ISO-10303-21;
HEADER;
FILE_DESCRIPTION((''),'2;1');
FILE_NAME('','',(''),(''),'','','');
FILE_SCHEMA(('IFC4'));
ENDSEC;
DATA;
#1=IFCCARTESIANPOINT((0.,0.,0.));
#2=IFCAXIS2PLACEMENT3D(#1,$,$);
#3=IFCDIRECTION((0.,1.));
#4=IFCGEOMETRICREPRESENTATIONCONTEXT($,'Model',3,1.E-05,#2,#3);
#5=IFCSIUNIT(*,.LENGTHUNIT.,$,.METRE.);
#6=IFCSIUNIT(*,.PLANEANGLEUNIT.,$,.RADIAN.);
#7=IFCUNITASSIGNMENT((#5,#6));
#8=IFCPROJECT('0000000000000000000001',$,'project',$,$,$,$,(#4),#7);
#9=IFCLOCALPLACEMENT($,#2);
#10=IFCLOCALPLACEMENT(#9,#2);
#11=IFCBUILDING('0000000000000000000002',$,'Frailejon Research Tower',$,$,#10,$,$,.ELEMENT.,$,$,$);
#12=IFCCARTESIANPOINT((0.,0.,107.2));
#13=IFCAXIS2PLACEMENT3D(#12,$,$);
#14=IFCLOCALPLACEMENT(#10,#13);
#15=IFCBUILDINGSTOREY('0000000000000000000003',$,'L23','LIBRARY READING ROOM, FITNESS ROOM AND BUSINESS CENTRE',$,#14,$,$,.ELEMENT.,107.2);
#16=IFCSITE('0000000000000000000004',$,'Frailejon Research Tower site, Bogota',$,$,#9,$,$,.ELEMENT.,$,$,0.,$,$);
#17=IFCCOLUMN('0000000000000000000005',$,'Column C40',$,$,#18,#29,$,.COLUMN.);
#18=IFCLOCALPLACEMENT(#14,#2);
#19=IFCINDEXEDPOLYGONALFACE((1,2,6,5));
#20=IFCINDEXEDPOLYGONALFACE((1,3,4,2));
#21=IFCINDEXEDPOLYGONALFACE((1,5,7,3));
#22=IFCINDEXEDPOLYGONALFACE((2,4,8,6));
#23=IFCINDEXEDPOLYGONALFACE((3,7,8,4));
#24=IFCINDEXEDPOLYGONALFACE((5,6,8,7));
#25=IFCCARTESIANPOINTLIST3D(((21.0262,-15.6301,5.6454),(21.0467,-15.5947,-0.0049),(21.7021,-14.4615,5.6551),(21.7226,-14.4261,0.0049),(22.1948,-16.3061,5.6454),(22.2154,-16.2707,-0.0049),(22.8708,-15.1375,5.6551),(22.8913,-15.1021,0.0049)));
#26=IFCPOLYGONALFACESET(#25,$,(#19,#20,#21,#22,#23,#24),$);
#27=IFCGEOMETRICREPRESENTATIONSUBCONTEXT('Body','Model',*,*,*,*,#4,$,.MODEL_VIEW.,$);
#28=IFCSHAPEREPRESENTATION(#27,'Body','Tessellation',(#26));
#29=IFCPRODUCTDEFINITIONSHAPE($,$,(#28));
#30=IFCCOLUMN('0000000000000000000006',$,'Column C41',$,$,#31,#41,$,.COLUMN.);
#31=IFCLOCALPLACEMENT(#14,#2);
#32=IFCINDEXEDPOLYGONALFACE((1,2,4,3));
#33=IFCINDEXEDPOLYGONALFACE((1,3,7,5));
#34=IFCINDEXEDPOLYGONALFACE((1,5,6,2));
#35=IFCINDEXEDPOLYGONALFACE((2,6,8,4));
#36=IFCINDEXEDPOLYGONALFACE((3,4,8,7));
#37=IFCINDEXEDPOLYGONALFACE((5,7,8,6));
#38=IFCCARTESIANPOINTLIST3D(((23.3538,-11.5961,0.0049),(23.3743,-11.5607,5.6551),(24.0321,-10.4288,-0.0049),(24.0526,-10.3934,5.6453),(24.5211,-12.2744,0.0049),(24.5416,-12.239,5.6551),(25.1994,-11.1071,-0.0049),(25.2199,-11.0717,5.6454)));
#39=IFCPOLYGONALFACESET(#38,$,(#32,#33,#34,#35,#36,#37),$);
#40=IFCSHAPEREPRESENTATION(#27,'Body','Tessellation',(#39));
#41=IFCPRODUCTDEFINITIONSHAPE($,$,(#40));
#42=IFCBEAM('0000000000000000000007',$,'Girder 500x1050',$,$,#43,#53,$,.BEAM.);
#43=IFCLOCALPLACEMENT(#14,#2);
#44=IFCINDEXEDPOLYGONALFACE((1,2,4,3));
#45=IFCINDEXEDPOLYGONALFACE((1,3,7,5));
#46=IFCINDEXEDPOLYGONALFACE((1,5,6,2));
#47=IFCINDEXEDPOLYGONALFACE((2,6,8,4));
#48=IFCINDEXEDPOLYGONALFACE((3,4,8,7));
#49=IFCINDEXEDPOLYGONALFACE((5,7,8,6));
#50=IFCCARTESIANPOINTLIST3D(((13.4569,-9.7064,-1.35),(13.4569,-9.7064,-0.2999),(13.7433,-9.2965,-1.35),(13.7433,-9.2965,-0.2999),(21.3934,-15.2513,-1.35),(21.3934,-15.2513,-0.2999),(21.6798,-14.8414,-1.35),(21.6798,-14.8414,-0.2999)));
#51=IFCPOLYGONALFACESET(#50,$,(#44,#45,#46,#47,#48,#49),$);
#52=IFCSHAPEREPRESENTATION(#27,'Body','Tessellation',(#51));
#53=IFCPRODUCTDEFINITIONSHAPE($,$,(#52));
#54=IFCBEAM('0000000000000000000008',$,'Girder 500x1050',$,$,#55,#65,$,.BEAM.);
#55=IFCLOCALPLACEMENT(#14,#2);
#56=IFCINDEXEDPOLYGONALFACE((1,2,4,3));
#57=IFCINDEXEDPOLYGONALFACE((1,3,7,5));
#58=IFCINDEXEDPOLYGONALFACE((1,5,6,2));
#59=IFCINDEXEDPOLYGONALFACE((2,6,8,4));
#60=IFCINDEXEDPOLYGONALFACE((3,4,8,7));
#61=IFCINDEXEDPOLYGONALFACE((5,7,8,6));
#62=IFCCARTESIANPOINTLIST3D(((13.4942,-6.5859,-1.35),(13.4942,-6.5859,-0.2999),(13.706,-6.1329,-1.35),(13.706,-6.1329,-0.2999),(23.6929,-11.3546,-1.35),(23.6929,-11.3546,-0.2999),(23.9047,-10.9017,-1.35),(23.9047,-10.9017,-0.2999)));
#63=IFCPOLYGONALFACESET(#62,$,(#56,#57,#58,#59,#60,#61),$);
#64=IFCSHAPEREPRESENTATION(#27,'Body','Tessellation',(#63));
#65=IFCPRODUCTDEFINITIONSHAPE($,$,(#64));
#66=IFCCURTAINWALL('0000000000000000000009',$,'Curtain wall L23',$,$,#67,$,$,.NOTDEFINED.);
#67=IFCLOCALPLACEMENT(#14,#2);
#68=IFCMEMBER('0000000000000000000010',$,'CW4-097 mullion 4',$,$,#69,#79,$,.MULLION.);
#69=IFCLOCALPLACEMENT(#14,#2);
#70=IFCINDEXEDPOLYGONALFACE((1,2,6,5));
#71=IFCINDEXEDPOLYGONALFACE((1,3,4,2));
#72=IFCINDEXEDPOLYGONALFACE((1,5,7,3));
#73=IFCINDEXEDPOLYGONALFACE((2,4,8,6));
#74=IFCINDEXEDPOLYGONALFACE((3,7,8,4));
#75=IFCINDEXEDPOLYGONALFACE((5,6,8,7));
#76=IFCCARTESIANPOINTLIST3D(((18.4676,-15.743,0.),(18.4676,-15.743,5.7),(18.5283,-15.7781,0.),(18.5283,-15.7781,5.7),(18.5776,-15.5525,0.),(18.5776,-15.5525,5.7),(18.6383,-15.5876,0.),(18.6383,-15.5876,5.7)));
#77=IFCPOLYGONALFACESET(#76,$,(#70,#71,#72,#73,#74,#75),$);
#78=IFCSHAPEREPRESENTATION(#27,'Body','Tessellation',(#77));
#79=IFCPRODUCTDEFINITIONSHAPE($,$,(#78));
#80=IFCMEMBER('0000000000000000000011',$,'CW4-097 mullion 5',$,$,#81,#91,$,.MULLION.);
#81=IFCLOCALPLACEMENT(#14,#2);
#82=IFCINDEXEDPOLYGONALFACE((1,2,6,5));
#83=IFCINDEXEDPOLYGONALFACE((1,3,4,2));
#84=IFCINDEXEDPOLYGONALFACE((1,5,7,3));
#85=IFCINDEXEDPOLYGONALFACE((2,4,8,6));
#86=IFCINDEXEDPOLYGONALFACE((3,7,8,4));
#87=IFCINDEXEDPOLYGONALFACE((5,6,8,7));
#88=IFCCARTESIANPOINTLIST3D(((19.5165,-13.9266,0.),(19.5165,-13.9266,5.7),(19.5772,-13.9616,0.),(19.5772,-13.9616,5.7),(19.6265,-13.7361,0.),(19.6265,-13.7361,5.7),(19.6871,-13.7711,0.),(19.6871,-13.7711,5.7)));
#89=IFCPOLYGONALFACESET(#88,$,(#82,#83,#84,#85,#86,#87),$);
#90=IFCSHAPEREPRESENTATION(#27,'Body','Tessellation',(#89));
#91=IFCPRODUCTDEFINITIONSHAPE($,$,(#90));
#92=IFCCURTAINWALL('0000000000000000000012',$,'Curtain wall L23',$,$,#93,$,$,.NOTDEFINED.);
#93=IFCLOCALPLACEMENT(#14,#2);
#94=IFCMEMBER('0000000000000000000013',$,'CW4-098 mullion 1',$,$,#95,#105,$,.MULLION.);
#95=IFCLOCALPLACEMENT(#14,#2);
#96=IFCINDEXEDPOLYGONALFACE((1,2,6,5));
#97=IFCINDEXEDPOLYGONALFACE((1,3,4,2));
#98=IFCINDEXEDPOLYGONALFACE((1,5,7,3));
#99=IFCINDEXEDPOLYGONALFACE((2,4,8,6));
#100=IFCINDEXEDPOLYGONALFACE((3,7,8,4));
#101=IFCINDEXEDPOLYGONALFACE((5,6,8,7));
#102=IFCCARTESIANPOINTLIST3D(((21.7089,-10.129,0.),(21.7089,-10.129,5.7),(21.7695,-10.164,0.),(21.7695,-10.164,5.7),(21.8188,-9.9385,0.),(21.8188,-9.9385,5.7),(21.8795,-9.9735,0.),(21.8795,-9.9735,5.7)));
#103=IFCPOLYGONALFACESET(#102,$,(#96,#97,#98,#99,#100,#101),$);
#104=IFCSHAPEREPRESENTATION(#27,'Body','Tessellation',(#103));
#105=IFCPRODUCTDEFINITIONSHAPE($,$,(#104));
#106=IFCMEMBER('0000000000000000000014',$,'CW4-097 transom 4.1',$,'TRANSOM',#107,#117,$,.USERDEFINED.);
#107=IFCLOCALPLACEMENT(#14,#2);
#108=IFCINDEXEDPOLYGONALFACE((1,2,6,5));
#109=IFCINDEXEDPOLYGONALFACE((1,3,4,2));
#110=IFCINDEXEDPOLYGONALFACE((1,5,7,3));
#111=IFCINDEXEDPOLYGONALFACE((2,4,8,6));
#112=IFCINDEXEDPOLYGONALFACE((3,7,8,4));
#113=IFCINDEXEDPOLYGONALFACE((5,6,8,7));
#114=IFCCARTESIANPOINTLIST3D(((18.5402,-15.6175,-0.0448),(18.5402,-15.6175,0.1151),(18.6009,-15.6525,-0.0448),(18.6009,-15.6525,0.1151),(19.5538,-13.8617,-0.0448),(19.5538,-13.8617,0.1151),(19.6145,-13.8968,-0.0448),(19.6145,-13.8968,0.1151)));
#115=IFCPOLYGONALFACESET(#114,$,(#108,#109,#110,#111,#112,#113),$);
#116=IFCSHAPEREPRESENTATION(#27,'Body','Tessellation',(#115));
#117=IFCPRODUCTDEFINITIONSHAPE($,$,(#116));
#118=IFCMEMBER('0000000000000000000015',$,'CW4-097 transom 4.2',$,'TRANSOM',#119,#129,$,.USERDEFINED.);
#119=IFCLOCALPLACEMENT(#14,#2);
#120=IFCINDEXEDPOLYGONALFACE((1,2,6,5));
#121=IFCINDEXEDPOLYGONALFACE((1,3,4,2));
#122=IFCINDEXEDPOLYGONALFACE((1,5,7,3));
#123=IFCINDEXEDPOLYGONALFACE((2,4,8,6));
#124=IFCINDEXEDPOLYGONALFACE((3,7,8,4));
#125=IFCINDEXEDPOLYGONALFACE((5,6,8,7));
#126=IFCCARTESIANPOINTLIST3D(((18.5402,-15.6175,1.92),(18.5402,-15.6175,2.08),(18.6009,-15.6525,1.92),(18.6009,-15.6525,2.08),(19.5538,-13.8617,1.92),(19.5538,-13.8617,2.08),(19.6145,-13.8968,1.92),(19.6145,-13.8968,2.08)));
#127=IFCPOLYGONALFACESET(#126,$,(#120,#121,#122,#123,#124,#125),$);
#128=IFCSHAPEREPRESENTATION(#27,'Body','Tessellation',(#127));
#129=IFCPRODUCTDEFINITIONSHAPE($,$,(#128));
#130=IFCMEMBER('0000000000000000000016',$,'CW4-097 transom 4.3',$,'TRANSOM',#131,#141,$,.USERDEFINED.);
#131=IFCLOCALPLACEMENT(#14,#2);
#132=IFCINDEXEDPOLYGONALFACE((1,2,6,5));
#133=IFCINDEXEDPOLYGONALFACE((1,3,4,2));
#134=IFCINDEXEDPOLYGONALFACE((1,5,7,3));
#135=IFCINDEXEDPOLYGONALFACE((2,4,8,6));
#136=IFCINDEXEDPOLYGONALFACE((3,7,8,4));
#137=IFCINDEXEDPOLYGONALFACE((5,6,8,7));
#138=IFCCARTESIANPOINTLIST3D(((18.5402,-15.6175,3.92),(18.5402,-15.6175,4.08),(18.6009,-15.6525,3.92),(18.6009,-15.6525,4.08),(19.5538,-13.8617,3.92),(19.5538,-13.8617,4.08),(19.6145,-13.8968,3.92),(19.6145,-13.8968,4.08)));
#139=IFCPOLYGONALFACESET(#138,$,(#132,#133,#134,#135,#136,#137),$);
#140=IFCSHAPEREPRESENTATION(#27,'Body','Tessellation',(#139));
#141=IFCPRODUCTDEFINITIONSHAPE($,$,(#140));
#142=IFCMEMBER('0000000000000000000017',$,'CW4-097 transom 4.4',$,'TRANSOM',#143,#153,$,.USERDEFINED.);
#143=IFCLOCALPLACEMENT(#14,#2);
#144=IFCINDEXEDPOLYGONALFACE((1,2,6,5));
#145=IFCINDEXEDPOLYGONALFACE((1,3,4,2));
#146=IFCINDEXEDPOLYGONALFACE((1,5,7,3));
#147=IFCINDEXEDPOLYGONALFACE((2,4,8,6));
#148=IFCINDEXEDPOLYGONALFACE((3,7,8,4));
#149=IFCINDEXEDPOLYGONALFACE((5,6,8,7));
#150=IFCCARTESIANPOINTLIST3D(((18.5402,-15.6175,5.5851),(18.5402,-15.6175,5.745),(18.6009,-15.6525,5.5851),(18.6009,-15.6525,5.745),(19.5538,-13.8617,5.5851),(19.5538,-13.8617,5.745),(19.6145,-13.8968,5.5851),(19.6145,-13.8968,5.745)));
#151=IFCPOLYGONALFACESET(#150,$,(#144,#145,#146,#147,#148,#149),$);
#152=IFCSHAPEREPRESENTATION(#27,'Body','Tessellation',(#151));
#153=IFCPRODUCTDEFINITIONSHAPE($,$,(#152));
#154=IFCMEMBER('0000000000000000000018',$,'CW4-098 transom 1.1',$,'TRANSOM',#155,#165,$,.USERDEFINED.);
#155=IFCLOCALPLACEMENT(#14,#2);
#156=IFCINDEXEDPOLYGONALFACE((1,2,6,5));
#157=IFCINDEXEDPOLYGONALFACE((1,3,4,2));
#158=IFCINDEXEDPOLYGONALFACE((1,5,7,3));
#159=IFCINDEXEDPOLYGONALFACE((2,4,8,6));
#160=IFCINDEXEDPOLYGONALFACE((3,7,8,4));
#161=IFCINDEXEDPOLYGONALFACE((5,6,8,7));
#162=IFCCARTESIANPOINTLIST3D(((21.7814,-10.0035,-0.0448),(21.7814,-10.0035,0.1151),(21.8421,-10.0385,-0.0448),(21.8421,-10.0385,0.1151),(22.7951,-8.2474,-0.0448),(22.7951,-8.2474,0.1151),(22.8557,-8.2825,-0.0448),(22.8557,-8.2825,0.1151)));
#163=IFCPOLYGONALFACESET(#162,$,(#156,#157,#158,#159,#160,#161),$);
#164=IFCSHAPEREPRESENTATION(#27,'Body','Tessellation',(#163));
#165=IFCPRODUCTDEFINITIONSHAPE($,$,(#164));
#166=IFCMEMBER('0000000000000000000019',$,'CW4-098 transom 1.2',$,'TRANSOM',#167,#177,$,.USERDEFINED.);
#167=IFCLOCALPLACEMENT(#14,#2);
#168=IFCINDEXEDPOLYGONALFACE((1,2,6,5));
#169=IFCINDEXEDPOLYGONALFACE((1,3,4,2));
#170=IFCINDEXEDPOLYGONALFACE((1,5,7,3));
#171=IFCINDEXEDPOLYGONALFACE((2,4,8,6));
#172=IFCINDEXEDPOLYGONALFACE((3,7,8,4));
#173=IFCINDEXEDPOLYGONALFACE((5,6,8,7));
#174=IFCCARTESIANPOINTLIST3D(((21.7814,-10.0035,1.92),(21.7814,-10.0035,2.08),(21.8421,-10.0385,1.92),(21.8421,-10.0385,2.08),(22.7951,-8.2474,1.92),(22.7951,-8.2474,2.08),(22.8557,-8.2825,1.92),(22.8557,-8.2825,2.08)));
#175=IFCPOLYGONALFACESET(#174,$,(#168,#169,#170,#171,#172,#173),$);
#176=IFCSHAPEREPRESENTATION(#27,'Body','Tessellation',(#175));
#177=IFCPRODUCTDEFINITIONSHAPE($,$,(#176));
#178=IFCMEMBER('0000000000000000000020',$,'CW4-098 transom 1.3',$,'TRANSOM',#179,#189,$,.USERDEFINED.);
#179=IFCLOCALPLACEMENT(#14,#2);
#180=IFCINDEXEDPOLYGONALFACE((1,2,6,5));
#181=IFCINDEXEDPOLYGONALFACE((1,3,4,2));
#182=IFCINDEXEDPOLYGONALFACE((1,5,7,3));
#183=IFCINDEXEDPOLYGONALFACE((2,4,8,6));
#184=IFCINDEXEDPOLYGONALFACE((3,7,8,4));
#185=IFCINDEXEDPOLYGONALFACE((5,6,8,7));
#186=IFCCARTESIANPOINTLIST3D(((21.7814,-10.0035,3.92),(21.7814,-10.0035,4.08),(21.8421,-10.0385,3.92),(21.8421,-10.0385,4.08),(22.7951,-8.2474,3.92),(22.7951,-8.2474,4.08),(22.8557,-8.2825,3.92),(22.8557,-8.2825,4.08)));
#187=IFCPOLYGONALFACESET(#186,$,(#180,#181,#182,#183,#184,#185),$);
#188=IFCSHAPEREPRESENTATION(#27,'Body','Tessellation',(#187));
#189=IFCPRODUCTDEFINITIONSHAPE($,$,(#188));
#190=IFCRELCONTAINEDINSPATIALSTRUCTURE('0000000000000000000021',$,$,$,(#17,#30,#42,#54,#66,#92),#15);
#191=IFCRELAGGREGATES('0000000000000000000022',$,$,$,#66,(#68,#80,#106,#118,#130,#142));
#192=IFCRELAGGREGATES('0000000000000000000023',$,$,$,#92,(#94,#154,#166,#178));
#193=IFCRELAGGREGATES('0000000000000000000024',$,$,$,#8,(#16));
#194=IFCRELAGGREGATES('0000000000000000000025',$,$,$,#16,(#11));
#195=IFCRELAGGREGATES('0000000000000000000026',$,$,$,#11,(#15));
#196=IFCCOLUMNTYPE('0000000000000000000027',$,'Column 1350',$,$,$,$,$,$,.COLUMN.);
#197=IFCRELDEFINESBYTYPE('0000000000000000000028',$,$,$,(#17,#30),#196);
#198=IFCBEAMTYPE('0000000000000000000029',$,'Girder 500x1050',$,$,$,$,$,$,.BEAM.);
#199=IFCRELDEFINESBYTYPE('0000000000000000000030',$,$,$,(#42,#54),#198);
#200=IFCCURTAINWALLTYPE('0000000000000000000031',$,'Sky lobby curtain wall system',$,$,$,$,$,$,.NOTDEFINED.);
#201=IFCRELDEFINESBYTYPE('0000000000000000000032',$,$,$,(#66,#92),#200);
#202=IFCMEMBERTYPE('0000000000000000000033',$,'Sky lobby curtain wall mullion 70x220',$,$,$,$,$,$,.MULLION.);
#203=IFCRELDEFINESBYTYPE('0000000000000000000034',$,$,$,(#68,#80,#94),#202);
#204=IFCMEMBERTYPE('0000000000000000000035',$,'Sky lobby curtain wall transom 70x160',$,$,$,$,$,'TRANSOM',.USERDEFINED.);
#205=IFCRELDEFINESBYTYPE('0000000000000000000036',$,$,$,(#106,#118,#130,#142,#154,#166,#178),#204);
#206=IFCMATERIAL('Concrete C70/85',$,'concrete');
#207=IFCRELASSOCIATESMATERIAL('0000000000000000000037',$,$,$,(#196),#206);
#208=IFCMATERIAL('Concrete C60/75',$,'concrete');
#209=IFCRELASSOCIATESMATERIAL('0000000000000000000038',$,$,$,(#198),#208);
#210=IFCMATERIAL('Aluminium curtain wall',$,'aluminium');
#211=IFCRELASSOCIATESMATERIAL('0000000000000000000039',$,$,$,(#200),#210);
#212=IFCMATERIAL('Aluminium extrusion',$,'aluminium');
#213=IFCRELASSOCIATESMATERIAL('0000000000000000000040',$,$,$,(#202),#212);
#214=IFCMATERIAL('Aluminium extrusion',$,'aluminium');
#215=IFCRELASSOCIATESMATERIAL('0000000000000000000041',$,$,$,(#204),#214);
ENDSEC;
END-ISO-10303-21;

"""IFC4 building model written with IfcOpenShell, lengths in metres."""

from ifc_helpers import new_model, si_unit, direction, frame, origin, origin_2d, place, context, subcontext, project, spatial, rectangle, extrude, material, material_profile, profile_set, type_object, element, aggregate, save


model = new_model("IFC4")

# Units and contexts
model_context = context("Model", 3, precision=1e-05, world=origin(), true_north=direction((0.0, 1.0)))
body_context = subcontext(model_context, "Body", "Model", "MODEL_VIEW")
ifc_project = project(units=[si_unit("LENGTHUNIT", "METRE"), si_unit("PLANEANGLEUNIT", "RADIAN")], contexts=[model_context])

# Site, building, storey
site_placement = place(None, origin())
site = spatial("IfcSite", under=ifc_project, at=site_placement, Name="Frailejon Research Tower site, Bogota", CompositionType="ELEMENT", RefElevation=0.0)
building_placement = place(site_placement, origin())
building = spatial("IfcBuilding", under=site, at=building_placement, Name="Frailejon Research Tower", CompositionType="ELEMENT")
storey_placement = place(building_placement, frame((0.0, 0.0, 107.2)))
storey = spatial("IfcBuildingStorey", under=building, at=storey_placement, Name="L23", Description="LIBRARY READING ROOM, FITNESS ROOM AND BUSINESS CENTRE", CompositionType="ELEMENT", Elevation=107.2)

# Columns
ifc_material_1 = material(Name="Concrete C70/85", Category="concrete")
ifc_material_profile_1 = material_profile(ifc_material_1, rectangle(XDim=1.3501, YDim=1.3501, at=origin_2d()), Name="Column 1350")
ifc_profile_set_1 = profile_set([ifc_material_profile_1], Name="Concrete C70/85")
column_type = type_object("IfcColumnType", Name="Column 1350", PredefinedType="COLUMN", material=ifc_profile_set_1)
for number, where, z_axis, x_axis, name in (
    (1, (21.969, -15.3484, 0.0), (-0.00363, -0.006265, 0.999974), (0.500675, 0.865605, 0.007241), "Column C40"),
    (2, (24.2766, -11.3516, 0.0), (0.00363, 0.006265, 0.999974), (0.502397, 0.864607, -0.007241), "Column C41"),
):
    element("IfcColumn", number, at=place(storey_placement, frame(where, z_axis=z_axis, x_axis=x_axis)), inside=storey, type_object=column_type, Name=name, PredefinedType="COLUMN", context=body_context, shape_type="SweptSolid", body=[
        extrude(rectangle(XDim=1.3501, YDim=1.3501, at=origin_2d()), origin(), (0.0, 0.0, 1.0), 5.6504),
    ])

# Beams
ifc_material_2 = material(Name="Concrete C60/75", Category="concrete")
ifc_material_profile_2 = material_profile(ifc_material_2, rectangle(XDim=0.5, YDim=1.05, at=origin_2d()), Name="Girder 500x1050")
ifc_profile_set_2 = profile_set([ifc_material_profile_2], Name="Concrete C60/75")
beam_type_1 = type_object("IfcBeamType", Name="Girder 500x1050", PredefinedType="BEAM", material=ifc_profile_set_2)
beam_1_placement = place(storey_placement, frame((21.5366, -15.0464, -0.825), z_axis=(-0.819748, 0.572724, 0.0), x_axis=(-0.572724, -0.819748, 0.0)))
element("IfcBeam", 3, at=beam_1_placement, inside=storey, type_object=beam_type_1, Name="Girder 500x1050", PredefinedType="BEAM", context=body_context, shape_type="SweptSolid", body=[
    extrude(rectangle(XDim=0.5, YDim=1.05, at=origin_2d()), origin(), (0.0, 0.0, 1.0), 9.6816),
])
beam_2_placement = place(storey_placement, frame((23.7988, -11.1282, -0.825), z_axis=(-0.905863, 0.42357, 0.0), x_axis=(-0.42357, -0.905863, 0.0)))
element("IfcBeam", 4, at=beam_2_placement, inside=storey, type_object=beam_type_1, Name="Girder 500x1050", PredefinedType="BEAM", context=body_context, shape_type="SweptSolid", body=[
    extrude(rectangle(XDim=0.5, YDim=1.05, at=origin_2d()), origin(), (0.0, 0.0, 1.0), 11.2585),
])

# Curtain wall, members
ifc_material_3 = material(Name="Aluminium curtain wall", Category="aluminium")
curtain_wall_type = type_object("IfcCurtainWallType", Name="Sky lobby curtain wall system", PredefinedType="NOTDEFINED", material=ifc_material_3)
curtain_wall_1_placement = place(storey_placement, origin())
curtain_wall_1 = element("IfcCurtainWall", 5, at=curtain_wall_1_placement, inside=storey, type_object=curtain_wall_type, Name="Curtain wall L23", PredefinedType="NOTDEFINED")
ifc_material_4 = material(Name="Aluminium extrusion", Category="aluminium")
ifc_material_profile_3 = material_profile(ifc_material_4, rectangle(XDim=0.0701, YDim=0.22, at=origin_2d()), Name="Sky lobby curtain wall mullion 70x220")
ifc_profile_set_3 = profile_set([ifc_material_profile_3], Name="Aluminium extrusion")
member_type_1 = type_object("IfcMemberType", Name="Sky lobby curtain wall mullion 70x220", PredefinedType="MULLION", material=ifc_profile_set_3)
member_1_placement = place(storey_placement, frame((18.553, -15.6653, 0.0), z_axis=(0.0, 0.0, 1.0), x_axis=(-0.866026, 0.5, 0.0)))
member_1 = element("IfcMember", 6, at=member_1_placement, type_object=member_type_1, Name="CW4-097 mullion 4", PredefinedType="MULLION", context=body_context, shape_type="SweptSolid", body=[
    extrude(rectangle(XDim=0.0701, YDim=0.22, at=origin_2d()), origin(), (0.0, 0.0, 1.0), 5.7),
])
member_2_placement = place(storey_placement, frame((19.6018, -13.8489, 0.0), z_axis=(0.0, 0.0, 1.0), x_axis=(-0.866026, 0.5, 0.0)))
member_2 = element("IfcMember", 7, at=member_2_placement, type_object=member_type_1, Name="CW4-097 mullion 5", PredefinedType="MULLION", context=body_context, shape_type="SweptSolid", body=[
    extrude(rectangle(XDim=0.0701, YDim=0.22, at=origin_2d()), origin(), (0.0, 0.0, 1.0), 5.7),
])

# Curtain wall, member
curtain_wall_2_placement = place(storey_placement, origin())
curtain_wall_2 = element("IfcCurtainWall", 8, at=curtain_wall_2_placement, inside=storey, type_object=curtain_wall_type, Name="Curtain wall L23", PredefinedType="NOTDEFINED")
member_3_placement = place(storey_placement, frame((21.7942, -10.0513, 0.0), z_axis=(0.0, 0.0, 1.0), x_axis=(-0.866026, 0.5, 0.0)))
member_3 = element("IfcMember", 9, at=member_3_placement, type_object=member_type_1, Name="CW4-098 mullion 1", PredefinedType="MULLION", context=body_context, shape_type="SweptSolid", body=[
    extrude(rectangle(XDim=0.0701, YDim=0.22, at=origin_2d()), origin(), (0.0, 0.0, 1.0), 5.7),
])

# Members
ifc_material_5 = material(Name="Aluminium extrusion", Category="aluminium")
ifc_material_profile_4 = material_profile(ifc_material_5, rectangle(XDim=0.0701, YDim=0.1599, at=origin_2d()), Name="Sky lobby curtain wall transom 70x160")
ifc_profile_set_4 = profile_set([ifc_material_profile_4], Name="Aluminium extrusion")
member_type_2 = type_object("IfcMemberType", Name="Sky lobby curtain wall transom 70x160", ElementType="TRANSOM", PredefinedType="USERDEFINED", material=ifc_profile_set_4)
member_4_placement = place(storey_placement, frame((18.5706, -15.635, 0.0352), z_axis=(0.499973, 0.866041, 0.0), x_axis=(-0.866041, 0.499973, 0.0)))
member_4 = element("IfcMember", 10, at=member_4_placement, type_object=member_type_2, Name="CW4-097 transom 4.1", ObjectType="TRANSOM", PredefinedType="USERDEFINED", context=body_context, shape_type="SweptSolid", body=[
    extrude(rectangle(XDim=0.0701, YDim=0.1599, at=origin_2d()), origin(), (0.0, 0.0, 1.0), 2.0273),
])
member_5_placement = place(storey_placement, frame((18.5706, -15.635, 2.0), z_axis=(0.499973, 0.866041, 0.0), x_axis=(-0.866041, 0.499973, 0.0)))
member_5 = element("IfcMember", 11, at=member_5_placement, type_object=member_type_2, Name="CW4-097 transom 4.2", ObjectType="TRANSOM", PredefinedType="USERDEFINED", context=body_context, shape_type="SweptSolid", body=[
    extrude(rectangle(XDim=0.0701, YDim=0.1599, at=origin_2d()), origin(), (0.0, 0.0, 1.0), 2.0273),
])
member_6_placement = place(storey_placement, frame((18.5706, -15.635, 4.0), z_axis=(0.499973, 0.866041, 0.0), x_axis=(-0.866041, 0.499973, 0.0)))
member_6 = element("IfcMember", 12, at=member_6_placement, type_object=member_type_2, Name="CW4-097 transom 4.3", ObjectType="TRANSOM", PredefinedType="USERDEFINED", context=body_context, shape_type="SweptSolid", body=[
    extrude(rectangle(XDim=0.0701, YDim=0.1599, at=origin_2d()), origin(), (0.0, 0.0, 1.0), 2.0273),
])
member_7_placement = place(storey_placement, frame((18.5706, -15.635, 5.665), z_axis=(0.499973, 0.866041, 0.0), x_axis=(-0.866041, 0.499973, 0.0)))
member_7 = element("IfcMember", 13, at=member_7_placement, type_object=member_type_2, Name="CW4-097 transom 4.4", ObjectType="TRANSOM", PredefinedType="USERDEFINED", context=body_context, shape_type="SweptSolid", body=[
    extrude(rectangle(XDim=0.0701, YDim=0.1599, at=origin_2d()), origin(), (0.0, 0.0, 1.0), 2.0273),
])
member_8_placement = place(storey_placement, frame((21.8118, -10.021, 0.0352), z_axis=(0.49992, 0.866071, 0.0), x_axis=(-0.866071, 0.49992, 0.0)))
member_8 = element("IfcMember", 14, at=member_8_placement, type_object=member_type_2, Name="CW4-098 transom 1.1", ObjectType="TRANSOM", PredefinedType="USERDEFINED", context=body_context, shape_type="SweptSolid", body=[
    extrude(rectangle(XDim=0.0701, YDim=0.1599, at=origin_2d()), origin(), (0.0, 0.0, 1.0), 2.0276),
])
member_9_placement = place(storey_placement, frame((21.8118, -10.021, 2.0), z_axis=(0.49992, 0.866071, 0.0), x_axis=(-0.866071, 0.49992, 0.0)))
member_9 = element("IfcMember", 15, at=member_9_placement, type_object=member_type_2, Name="CW4-098 transom 1.2", ObjectType="TRANSOM", PredefinedType="USERDEFINED", context=body_context, shape_type="SweptSolid", body=[
    extrude(rectangle(XDim=0.0701, YDim=0.1599, at=origin_2d()), origin(), (0.0, 0.0, 1.0), 2.0276),
])
member_10_placement = place(storey_placement, frame((21.8118, -10.021, 4.0), z_axis=(0.49992, 0.866071, 0.0), x_axis=(-0.866071, 0.49992, 0.0)))
member_10 = element("IfcMember", 16, at=member_10_placement, type_object=member_type_2, Name="CW4-098 transom 1.3", ObjectType="TRANSOM", PredefinedType="USERDEFINED", context=body_context, shape_type="SweptSolid", body=[
    extrude(rectangle(XDim=0.0701, YDim=0.1599, at=origin_2d()), origin(), (0.0, 0.0, 1.0), 2.0276),
])

aggregate(curtain_wall_1, [member_1, member_2, member_4, member_5, member_6, member_7])
aggregate(curtain_wall_2, [member_3, member_8, member_9, member_10])

save(model, "model.ifc")
